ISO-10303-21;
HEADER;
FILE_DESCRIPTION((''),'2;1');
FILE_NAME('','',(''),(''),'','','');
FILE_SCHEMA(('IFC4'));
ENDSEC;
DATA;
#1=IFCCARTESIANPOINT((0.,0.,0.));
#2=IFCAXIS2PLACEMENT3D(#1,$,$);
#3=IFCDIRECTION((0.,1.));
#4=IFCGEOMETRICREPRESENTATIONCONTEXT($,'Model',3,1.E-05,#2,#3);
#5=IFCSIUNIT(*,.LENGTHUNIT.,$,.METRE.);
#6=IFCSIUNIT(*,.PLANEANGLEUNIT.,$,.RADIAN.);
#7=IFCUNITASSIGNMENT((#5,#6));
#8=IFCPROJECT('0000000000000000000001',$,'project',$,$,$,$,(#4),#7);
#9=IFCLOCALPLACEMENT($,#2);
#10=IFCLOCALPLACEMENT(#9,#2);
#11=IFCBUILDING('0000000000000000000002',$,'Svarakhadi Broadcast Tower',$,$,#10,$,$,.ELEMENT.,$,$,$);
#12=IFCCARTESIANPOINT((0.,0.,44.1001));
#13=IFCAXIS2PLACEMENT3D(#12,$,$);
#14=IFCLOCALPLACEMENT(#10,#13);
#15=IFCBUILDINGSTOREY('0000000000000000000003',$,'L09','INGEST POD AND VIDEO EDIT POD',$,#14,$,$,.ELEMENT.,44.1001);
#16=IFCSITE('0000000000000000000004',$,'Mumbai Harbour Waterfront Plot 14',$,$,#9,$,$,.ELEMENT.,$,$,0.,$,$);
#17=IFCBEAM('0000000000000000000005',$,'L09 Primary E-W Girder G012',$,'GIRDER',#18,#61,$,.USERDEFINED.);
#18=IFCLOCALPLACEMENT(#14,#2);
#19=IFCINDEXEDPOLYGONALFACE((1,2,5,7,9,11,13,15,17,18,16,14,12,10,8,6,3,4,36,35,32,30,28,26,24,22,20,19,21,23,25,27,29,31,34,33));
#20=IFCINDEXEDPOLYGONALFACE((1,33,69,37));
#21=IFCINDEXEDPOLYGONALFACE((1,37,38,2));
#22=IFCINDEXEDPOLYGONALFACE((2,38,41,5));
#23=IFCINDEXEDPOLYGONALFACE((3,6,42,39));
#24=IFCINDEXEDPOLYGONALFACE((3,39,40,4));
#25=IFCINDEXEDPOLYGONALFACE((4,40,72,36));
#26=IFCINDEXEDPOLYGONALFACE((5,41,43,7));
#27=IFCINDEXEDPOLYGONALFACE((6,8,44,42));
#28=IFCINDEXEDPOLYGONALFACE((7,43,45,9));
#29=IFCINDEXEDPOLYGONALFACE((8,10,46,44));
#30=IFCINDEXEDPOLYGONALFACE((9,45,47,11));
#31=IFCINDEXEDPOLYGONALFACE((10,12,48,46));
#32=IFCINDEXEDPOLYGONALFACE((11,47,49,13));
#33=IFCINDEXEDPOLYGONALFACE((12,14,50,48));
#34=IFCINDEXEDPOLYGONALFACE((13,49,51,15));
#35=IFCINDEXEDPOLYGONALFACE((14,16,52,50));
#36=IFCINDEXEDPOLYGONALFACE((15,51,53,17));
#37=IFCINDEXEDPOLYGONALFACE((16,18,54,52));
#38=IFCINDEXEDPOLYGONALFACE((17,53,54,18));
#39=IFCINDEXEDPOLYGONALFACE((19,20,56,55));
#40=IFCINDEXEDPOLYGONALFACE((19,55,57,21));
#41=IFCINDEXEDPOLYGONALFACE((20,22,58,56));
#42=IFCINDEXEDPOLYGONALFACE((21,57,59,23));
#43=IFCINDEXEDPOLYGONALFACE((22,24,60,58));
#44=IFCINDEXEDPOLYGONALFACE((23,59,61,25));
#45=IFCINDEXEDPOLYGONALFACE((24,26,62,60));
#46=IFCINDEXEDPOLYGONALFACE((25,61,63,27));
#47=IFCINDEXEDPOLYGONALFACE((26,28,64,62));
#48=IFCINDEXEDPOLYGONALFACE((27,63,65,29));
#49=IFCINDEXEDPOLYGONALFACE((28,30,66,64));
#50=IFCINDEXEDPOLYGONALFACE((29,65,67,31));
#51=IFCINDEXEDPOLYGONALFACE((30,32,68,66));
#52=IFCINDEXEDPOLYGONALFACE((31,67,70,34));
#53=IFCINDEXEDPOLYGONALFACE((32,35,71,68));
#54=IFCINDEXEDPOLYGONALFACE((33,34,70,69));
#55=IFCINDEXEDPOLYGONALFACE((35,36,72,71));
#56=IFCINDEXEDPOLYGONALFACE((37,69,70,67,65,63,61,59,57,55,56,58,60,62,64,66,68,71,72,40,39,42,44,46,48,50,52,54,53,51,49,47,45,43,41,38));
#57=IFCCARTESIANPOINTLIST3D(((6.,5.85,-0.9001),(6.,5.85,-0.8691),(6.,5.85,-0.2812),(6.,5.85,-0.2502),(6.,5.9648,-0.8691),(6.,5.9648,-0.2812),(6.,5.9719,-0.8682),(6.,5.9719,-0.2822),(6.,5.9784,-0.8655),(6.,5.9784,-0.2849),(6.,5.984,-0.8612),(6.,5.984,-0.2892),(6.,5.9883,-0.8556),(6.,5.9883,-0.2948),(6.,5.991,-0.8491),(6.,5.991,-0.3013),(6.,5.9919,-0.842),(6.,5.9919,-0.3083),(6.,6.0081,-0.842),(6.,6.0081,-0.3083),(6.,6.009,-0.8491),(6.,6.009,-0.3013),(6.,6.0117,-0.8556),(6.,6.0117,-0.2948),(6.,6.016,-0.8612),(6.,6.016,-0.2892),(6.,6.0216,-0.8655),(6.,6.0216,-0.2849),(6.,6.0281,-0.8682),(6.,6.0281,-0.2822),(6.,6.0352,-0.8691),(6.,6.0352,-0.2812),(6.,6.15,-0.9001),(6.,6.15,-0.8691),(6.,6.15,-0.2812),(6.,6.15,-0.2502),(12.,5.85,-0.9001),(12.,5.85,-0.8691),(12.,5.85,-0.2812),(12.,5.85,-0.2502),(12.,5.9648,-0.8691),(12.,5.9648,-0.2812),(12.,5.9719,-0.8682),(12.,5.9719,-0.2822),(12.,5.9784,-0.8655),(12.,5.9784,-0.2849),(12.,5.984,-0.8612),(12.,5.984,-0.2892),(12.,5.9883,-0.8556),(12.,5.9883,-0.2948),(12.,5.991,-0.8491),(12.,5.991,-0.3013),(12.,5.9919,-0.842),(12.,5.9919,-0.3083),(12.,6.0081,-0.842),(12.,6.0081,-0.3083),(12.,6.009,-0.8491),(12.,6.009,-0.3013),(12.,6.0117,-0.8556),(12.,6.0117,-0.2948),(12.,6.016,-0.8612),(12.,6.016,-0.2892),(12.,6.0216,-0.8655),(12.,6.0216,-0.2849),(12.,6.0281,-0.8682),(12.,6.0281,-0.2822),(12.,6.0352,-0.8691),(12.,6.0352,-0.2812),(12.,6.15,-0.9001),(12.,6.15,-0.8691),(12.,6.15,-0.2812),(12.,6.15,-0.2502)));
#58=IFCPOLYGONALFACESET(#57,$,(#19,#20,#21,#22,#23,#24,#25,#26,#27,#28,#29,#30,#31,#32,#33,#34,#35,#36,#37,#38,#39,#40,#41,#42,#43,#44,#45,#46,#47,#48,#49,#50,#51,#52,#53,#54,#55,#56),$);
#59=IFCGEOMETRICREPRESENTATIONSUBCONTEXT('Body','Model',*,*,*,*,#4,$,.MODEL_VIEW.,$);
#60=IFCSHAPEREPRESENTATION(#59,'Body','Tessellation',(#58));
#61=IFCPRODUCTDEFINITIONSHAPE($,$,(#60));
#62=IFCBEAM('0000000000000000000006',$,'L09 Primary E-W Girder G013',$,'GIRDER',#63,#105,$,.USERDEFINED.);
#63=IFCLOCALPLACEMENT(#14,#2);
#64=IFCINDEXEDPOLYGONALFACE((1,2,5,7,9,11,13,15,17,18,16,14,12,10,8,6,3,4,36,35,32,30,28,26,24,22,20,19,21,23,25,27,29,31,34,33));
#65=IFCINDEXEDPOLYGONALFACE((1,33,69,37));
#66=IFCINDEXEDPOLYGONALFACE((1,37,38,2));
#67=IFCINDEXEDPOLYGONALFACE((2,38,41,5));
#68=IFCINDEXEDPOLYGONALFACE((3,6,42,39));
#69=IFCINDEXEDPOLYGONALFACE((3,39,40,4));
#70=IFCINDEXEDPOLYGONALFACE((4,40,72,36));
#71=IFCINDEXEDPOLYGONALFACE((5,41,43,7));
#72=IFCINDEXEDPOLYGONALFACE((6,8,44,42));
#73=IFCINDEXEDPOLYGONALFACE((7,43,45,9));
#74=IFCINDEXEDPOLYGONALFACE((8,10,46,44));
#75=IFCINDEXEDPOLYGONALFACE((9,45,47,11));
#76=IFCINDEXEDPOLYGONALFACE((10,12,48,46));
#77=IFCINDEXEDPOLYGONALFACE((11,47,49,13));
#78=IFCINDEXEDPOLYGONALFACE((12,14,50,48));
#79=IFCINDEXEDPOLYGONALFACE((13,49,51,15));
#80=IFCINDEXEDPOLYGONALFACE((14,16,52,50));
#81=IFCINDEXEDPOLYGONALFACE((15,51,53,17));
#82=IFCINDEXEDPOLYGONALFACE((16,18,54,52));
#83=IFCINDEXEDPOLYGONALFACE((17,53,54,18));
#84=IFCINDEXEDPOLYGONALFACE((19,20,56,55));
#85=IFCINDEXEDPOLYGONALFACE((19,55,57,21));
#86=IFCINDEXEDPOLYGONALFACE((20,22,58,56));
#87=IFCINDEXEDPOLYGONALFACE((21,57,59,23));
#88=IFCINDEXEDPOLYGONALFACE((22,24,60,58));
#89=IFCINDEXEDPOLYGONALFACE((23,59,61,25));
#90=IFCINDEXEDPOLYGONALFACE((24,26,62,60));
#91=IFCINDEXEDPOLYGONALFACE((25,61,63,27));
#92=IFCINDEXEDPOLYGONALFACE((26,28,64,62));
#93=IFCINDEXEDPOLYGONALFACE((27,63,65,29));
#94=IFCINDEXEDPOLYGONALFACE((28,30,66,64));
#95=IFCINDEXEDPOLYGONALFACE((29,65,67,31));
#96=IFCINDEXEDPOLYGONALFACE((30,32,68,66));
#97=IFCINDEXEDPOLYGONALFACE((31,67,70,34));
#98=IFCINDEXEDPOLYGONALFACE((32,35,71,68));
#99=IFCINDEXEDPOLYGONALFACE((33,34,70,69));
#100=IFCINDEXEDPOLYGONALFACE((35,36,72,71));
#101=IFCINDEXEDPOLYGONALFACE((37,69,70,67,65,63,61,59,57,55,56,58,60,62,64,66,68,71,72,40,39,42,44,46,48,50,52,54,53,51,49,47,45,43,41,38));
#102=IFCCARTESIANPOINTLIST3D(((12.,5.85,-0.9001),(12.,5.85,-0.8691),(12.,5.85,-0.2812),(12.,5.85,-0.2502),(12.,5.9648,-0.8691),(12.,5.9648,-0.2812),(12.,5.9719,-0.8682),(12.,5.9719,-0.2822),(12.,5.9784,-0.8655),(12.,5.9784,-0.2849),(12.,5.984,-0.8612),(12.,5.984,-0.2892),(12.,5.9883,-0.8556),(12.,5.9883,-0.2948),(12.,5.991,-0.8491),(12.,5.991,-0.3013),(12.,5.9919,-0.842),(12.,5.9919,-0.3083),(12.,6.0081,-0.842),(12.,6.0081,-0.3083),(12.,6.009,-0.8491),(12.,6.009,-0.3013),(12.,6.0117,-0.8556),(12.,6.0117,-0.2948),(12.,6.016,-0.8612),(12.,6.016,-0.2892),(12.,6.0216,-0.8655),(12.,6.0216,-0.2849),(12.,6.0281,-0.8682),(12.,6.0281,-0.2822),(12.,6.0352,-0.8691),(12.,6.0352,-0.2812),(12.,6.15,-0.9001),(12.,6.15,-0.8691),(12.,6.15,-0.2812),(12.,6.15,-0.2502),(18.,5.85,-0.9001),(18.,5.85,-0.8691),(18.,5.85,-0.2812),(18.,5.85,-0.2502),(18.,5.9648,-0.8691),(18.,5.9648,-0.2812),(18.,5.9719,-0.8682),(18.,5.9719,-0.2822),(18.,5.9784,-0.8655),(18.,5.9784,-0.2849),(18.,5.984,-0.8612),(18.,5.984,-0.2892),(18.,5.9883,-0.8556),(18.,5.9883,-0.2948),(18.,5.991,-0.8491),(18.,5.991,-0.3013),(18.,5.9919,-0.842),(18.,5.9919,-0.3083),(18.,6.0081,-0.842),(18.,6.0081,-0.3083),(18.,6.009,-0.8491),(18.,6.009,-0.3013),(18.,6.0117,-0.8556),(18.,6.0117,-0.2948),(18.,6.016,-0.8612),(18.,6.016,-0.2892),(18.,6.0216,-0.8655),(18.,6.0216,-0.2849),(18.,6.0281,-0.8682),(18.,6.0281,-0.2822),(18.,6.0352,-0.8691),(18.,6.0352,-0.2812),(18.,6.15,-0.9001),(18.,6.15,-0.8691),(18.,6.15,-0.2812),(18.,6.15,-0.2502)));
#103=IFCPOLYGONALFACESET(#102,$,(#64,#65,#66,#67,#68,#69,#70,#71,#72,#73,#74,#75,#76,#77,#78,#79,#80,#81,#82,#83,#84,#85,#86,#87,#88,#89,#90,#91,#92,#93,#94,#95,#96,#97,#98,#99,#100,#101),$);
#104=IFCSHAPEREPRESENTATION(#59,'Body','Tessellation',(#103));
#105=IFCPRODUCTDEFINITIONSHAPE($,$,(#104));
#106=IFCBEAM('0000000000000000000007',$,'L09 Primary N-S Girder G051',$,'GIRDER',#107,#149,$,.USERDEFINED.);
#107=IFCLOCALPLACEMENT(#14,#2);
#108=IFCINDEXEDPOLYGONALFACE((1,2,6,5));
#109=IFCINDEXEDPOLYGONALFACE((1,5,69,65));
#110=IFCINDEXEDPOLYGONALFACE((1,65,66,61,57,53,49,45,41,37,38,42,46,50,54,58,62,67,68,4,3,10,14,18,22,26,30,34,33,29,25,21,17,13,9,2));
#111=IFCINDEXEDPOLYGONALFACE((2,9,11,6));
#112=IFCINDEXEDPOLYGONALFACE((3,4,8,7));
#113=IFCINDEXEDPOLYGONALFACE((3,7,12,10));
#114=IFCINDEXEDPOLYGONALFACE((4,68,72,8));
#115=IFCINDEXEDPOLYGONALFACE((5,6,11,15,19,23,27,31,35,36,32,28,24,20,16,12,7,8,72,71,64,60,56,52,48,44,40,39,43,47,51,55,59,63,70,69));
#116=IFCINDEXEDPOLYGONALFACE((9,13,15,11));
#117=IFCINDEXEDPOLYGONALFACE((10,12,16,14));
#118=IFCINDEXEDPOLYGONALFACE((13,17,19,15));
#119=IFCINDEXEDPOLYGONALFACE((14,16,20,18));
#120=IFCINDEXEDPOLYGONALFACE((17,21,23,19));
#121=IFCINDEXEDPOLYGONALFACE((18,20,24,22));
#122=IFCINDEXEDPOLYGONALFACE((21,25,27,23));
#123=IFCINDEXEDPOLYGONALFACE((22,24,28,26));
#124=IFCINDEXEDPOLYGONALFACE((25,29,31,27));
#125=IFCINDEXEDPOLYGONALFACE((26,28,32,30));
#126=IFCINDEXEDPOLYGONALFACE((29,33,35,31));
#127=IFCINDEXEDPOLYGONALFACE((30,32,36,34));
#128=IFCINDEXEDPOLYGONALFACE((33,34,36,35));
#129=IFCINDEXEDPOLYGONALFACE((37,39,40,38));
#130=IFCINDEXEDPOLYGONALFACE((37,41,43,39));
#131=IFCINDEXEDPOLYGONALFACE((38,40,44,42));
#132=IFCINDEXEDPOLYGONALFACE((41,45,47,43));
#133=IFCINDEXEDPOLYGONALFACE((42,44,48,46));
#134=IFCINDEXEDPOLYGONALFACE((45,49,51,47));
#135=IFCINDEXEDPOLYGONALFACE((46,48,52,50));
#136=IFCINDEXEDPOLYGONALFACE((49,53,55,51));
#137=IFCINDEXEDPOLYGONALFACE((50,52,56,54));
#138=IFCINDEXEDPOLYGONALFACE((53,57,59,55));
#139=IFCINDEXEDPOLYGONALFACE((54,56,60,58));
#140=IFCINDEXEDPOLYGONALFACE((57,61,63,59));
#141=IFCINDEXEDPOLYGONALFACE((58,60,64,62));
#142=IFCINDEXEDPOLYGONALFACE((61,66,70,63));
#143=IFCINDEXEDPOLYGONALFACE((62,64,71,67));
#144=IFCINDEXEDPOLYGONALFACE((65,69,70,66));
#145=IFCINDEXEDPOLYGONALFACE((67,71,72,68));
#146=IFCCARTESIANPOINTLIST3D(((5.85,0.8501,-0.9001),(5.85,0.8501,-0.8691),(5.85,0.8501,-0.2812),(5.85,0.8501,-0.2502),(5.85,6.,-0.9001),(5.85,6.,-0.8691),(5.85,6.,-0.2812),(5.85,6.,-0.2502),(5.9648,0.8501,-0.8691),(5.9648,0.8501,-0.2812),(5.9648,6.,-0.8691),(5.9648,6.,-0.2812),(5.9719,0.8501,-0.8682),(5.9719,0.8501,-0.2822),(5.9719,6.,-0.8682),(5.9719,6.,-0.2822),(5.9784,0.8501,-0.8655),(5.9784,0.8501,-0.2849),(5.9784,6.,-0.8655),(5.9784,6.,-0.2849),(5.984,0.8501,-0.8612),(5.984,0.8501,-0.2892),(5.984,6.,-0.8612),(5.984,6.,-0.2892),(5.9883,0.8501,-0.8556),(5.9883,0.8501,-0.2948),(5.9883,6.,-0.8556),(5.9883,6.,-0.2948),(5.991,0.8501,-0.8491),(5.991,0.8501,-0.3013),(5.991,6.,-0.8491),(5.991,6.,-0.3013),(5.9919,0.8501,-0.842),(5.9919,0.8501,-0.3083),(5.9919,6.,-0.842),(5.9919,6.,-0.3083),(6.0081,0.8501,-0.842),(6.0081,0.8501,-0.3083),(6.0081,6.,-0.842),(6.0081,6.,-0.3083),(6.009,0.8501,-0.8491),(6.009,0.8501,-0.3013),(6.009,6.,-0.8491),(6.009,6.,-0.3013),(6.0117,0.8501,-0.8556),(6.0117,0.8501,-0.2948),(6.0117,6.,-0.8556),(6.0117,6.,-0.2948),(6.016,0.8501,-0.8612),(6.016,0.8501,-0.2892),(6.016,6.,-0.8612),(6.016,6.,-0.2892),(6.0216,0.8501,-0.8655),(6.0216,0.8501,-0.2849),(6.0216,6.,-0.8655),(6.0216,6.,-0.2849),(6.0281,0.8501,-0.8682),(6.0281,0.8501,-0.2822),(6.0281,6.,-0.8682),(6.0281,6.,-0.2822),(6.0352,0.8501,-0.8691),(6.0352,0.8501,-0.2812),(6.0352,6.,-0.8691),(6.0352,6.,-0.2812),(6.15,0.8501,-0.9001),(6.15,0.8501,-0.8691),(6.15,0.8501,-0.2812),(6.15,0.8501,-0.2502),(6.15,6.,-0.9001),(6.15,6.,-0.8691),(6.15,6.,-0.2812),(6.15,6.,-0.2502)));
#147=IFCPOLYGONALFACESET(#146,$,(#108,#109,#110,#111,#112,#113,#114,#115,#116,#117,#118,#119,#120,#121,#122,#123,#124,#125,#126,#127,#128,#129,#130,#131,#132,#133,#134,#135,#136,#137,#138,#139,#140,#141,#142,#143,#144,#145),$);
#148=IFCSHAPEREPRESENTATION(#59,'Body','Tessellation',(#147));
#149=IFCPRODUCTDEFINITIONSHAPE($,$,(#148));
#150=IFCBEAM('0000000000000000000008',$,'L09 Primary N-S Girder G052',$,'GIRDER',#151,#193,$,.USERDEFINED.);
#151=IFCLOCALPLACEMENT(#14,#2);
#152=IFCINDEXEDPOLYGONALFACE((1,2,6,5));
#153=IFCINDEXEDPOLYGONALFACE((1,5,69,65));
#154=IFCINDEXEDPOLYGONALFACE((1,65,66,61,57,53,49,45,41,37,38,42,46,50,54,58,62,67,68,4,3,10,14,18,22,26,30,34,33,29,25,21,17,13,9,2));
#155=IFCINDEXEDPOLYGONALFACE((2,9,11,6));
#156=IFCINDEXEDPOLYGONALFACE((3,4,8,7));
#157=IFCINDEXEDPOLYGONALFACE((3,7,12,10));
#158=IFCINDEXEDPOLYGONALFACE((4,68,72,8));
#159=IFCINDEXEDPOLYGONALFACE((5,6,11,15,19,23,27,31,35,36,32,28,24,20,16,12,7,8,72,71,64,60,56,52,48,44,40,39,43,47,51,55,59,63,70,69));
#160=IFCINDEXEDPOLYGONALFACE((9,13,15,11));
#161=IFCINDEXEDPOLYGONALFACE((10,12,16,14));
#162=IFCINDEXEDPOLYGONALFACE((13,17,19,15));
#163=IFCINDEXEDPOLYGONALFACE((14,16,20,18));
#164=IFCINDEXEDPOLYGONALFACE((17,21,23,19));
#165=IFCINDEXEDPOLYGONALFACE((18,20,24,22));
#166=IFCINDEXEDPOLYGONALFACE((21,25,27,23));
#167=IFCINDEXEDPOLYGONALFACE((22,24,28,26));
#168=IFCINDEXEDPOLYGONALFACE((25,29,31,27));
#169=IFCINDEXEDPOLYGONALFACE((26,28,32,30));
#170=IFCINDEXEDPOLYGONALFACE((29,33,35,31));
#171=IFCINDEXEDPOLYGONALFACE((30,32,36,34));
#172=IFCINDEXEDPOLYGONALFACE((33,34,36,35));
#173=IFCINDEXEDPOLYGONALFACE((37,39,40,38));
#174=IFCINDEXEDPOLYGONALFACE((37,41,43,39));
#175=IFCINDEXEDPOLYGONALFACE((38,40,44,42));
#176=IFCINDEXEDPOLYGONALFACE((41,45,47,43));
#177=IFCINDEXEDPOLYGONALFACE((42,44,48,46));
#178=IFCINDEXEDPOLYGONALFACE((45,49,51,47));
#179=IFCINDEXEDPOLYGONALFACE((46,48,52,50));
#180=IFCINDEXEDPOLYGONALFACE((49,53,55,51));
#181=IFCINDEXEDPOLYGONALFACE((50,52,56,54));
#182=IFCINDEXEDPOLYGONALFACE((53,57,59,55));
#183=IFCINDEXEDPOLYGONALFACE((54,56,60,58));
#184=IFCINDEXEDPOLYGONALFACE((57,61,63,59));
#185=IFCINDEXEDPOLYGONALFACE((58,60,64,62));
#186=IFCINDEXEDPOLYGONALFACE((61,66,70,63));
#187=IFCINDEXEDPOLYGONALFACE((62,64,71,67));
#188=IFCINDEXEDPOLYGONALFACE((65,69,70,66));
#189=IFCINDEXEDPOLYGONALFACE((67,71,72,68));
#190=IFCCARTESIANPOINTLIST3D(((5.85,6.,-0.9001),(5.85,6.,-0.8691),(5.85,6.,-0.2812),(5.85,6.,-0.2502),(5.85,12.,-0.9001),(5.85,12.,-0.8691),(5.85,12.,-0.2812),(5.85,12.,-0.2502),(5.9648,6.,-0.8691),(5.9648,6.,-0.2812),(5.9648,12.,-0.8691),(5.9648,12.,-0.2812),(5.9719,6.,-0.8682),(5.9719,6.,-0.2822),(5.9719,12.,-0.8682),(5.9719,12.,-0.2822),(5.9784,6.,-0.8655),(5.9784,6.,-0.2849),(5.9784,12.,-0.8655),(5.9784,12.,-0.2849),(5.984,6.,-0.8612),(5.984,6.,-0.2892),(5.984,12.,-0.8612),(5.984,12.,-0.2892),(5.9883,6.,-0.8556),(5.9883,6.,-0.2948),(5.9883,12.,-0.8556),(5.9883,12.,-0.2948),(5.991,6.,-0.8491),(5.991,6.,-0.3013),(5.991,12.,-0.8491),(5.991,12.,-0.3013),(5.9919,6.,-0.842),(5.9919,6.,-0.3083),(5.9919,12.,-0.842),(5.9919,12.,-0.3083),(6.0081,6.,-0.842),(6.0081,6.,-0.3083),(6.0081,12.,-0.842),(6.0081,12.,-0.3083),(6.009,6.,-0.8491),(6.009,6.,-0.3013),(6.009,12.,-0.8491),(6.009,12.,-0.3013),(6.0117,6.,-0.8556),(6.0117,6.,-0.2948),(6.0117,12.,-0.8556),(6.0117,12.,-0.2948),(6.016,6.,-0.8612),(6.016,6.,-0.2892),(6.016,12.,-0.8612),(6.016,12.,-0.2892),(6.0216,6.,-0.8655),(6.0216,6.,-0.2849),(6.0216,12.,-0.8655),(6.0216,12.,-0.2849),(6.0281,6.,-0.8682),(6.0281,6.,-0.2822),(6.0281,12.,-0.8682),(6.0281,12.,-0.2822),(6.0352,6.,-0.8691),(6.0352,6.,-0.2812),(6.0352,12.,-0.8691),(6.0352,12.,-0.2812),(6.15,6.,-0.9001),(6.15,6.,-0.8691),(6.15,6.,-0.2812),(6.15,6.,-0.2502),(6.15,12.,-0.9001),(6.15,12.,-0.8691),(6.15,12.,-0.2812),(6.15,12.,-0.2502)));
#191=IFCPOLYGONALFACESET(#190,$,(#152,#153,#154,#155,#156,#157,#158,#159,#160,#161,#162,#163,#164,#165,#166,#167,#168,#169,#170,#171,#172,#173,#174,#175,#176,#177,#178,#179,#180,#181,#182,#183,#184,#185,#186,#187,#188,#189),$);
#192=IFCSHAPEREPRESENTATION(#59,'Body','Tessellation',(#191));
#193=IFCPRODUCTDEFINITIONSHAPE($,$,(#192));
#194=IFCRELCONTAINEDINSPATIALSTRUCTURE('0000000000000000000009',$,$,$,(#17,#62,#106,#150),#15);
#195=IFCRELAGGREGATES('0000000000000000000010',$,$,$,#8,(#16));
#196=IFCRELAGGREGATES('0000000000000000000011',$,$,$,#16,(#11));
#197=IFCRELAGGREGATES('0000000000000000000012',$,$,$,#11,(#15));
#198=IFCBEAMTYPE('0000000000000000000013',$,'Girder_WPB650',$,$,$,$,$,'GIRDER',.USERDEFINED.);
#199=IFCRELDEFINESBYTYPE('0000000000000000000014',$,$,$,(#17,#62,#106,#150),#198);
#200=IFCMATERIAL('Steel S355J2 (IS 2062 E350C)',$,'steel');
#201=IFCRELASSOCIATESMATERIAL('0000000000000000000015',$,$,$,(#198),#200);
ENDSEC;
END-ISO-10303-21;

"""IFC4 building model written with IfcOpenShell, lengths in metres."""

from ifc_helpers import new_model, si_unit, direction, frame, origin, origin_2d, place, context, subcontext, project, spatial, i_section, extrude, material, material_profile, profile_set, type_object, element, save


model = new_model("IFC4")

# Units and contexts
model_context = context("Model", 3, precision=1e-05, world=origin(), true_north=direction((0.0, 1.0)))
body_context = subcontext(model_context, "Body", "Model", "MODEL_VIEW")
ifc_project = project(units=[si_unit("LENGTHUNIT", "METRE"), si_unit("PLANEANGLEUNIT", "RADIAN")], contexts=[model_context])

# Site, building, storey
site_placement = place(None, origin())
site = spatial("IfcSite", under=ifc_project, at=site_placement, Name="Mumbai Harbour Waterfront Plot 14", CompositionType="ELEMENT", RefElevation=0.0)
building_placement = place(site_placement, origin())
building = spatial("IfcBuilding", under=site, at=building_placement, Name="Svarakhadi Broadcast Tower", CompositionType="ELEMENT")
storey_placement = place(building_placement, frame((0.0, 0.0, 44.1001)))
storey = spatial("IfcBuildingStorey", under=building, at=storey_placement, Name="L09", Description="INGEST POD AND VIDEO EDIT POD", CompositionType="ELEMENT", Elevation=44.1001)

# Shared definitions
ifc_material_1 = material(Name="Steel S355J2 (IS 2062 E350C)", Category="steel")

# Beams
ifc_material_profile_1 = material_profile(ifc_material_1, i_section(OverallWidth=0.3, OverallDepth=0.6499, WebThickness=0.0161, FlangeThickness=0.031, FilletRadius=0.0271, at=origin_2d()), Name="WPB 650x300x225")
ifc_profile_set_1 = profile_set([ifc_material_profile_1], Name="Steel S355J2 (IS 2062 E350C)")
beam_type_1 = type_object("IfcBeamType", Name="Girder_WPB650", ElementType="GIRDER", PredefinedType="USERDEFINED", material=ifc_profile_set_1)
for number, where, z_axis, x_axis, name in (
    (1, (6.0, 6.0, -0.5752), (1.0, 0.0, 0.0), (0.0, 1.0, 0.0), "L09 Primary E-W Girder G012"),
    (2, (12.0, 6.0, -0.5752), (1.0, 0.0, 0.0), (0.0, 1.0, 0.0), "L09 Primary E-W Girder G013"),
):
    element("IfcBeam", number, at=place(storey_placement, frame(where, z_axis=z_axis, x_axis=x_axis)), inside=storey, type_object=beam_type_1, Name=name, ObjectType="GIRDER", PredefinedType="USERDEFINED", context=body_context, shape_type="SweptSolid", body=[
        extrude(i_section(OverallWidth=0.3, OverallDepth=0.6499, WebThickness=0.0161, FlangeThickness=0.031, FilletRadius=0.0271, at=origin_2d()), origin(), (0.0, 0.0, 1.0), 6.0),
    ])
beam_1_placement = place(storey_placement, frame((6.0, 0.8501, -0.5752), z_axis=(0.0, 1.0, 0.0), x_axis=(-1.0, 0.0, 0.0)))
element("IfcBeam", 3, at=beam_1_placement, inside=storey, type_object=beam_type_1, Name="L09 Primary N-S Girder G051", ObjectType="GIRDER", PredefinedType="USERDEFINED", context=body_context, shape_type="SweptSolid", body=[
    extrude(i_section(OverallWidth=0.3, OverallDepth=0.6499, WebThickness=0.0161, FlangeThickness=0.031, FilletRadius=0.0271, at=origin_2d()), origin(), (0.0, 0.0, 1.0), 5.1499),
])
beam_2_placement = place(storey_placement, frame((6.0, 6.0, -0.5752), z_axis=(0.0, 1.0, 0.0), x_axis=(-1.0, 0.0, 0.0)))
element("IfcBeam", 4, at=beam_2_placement, inside=storey, type_object=beam_type_1, Name="L09 Primary N-S Girder G052", ObjectType="GIRDER", PredefinedType="USERDEFINED", context=body_context, shape_type="SweptSolid", body=[
    extrude(i_section(OverallWidth=0.3, OverallDepth=0.6499, WebThickness=0.0161, FlangeThickness=0.031, FilletRadius=0.0271, at=origin_2d()), origin(), (0.0, 0.0, 1.0), 6.0),
])

save(model, "model.ifc")
